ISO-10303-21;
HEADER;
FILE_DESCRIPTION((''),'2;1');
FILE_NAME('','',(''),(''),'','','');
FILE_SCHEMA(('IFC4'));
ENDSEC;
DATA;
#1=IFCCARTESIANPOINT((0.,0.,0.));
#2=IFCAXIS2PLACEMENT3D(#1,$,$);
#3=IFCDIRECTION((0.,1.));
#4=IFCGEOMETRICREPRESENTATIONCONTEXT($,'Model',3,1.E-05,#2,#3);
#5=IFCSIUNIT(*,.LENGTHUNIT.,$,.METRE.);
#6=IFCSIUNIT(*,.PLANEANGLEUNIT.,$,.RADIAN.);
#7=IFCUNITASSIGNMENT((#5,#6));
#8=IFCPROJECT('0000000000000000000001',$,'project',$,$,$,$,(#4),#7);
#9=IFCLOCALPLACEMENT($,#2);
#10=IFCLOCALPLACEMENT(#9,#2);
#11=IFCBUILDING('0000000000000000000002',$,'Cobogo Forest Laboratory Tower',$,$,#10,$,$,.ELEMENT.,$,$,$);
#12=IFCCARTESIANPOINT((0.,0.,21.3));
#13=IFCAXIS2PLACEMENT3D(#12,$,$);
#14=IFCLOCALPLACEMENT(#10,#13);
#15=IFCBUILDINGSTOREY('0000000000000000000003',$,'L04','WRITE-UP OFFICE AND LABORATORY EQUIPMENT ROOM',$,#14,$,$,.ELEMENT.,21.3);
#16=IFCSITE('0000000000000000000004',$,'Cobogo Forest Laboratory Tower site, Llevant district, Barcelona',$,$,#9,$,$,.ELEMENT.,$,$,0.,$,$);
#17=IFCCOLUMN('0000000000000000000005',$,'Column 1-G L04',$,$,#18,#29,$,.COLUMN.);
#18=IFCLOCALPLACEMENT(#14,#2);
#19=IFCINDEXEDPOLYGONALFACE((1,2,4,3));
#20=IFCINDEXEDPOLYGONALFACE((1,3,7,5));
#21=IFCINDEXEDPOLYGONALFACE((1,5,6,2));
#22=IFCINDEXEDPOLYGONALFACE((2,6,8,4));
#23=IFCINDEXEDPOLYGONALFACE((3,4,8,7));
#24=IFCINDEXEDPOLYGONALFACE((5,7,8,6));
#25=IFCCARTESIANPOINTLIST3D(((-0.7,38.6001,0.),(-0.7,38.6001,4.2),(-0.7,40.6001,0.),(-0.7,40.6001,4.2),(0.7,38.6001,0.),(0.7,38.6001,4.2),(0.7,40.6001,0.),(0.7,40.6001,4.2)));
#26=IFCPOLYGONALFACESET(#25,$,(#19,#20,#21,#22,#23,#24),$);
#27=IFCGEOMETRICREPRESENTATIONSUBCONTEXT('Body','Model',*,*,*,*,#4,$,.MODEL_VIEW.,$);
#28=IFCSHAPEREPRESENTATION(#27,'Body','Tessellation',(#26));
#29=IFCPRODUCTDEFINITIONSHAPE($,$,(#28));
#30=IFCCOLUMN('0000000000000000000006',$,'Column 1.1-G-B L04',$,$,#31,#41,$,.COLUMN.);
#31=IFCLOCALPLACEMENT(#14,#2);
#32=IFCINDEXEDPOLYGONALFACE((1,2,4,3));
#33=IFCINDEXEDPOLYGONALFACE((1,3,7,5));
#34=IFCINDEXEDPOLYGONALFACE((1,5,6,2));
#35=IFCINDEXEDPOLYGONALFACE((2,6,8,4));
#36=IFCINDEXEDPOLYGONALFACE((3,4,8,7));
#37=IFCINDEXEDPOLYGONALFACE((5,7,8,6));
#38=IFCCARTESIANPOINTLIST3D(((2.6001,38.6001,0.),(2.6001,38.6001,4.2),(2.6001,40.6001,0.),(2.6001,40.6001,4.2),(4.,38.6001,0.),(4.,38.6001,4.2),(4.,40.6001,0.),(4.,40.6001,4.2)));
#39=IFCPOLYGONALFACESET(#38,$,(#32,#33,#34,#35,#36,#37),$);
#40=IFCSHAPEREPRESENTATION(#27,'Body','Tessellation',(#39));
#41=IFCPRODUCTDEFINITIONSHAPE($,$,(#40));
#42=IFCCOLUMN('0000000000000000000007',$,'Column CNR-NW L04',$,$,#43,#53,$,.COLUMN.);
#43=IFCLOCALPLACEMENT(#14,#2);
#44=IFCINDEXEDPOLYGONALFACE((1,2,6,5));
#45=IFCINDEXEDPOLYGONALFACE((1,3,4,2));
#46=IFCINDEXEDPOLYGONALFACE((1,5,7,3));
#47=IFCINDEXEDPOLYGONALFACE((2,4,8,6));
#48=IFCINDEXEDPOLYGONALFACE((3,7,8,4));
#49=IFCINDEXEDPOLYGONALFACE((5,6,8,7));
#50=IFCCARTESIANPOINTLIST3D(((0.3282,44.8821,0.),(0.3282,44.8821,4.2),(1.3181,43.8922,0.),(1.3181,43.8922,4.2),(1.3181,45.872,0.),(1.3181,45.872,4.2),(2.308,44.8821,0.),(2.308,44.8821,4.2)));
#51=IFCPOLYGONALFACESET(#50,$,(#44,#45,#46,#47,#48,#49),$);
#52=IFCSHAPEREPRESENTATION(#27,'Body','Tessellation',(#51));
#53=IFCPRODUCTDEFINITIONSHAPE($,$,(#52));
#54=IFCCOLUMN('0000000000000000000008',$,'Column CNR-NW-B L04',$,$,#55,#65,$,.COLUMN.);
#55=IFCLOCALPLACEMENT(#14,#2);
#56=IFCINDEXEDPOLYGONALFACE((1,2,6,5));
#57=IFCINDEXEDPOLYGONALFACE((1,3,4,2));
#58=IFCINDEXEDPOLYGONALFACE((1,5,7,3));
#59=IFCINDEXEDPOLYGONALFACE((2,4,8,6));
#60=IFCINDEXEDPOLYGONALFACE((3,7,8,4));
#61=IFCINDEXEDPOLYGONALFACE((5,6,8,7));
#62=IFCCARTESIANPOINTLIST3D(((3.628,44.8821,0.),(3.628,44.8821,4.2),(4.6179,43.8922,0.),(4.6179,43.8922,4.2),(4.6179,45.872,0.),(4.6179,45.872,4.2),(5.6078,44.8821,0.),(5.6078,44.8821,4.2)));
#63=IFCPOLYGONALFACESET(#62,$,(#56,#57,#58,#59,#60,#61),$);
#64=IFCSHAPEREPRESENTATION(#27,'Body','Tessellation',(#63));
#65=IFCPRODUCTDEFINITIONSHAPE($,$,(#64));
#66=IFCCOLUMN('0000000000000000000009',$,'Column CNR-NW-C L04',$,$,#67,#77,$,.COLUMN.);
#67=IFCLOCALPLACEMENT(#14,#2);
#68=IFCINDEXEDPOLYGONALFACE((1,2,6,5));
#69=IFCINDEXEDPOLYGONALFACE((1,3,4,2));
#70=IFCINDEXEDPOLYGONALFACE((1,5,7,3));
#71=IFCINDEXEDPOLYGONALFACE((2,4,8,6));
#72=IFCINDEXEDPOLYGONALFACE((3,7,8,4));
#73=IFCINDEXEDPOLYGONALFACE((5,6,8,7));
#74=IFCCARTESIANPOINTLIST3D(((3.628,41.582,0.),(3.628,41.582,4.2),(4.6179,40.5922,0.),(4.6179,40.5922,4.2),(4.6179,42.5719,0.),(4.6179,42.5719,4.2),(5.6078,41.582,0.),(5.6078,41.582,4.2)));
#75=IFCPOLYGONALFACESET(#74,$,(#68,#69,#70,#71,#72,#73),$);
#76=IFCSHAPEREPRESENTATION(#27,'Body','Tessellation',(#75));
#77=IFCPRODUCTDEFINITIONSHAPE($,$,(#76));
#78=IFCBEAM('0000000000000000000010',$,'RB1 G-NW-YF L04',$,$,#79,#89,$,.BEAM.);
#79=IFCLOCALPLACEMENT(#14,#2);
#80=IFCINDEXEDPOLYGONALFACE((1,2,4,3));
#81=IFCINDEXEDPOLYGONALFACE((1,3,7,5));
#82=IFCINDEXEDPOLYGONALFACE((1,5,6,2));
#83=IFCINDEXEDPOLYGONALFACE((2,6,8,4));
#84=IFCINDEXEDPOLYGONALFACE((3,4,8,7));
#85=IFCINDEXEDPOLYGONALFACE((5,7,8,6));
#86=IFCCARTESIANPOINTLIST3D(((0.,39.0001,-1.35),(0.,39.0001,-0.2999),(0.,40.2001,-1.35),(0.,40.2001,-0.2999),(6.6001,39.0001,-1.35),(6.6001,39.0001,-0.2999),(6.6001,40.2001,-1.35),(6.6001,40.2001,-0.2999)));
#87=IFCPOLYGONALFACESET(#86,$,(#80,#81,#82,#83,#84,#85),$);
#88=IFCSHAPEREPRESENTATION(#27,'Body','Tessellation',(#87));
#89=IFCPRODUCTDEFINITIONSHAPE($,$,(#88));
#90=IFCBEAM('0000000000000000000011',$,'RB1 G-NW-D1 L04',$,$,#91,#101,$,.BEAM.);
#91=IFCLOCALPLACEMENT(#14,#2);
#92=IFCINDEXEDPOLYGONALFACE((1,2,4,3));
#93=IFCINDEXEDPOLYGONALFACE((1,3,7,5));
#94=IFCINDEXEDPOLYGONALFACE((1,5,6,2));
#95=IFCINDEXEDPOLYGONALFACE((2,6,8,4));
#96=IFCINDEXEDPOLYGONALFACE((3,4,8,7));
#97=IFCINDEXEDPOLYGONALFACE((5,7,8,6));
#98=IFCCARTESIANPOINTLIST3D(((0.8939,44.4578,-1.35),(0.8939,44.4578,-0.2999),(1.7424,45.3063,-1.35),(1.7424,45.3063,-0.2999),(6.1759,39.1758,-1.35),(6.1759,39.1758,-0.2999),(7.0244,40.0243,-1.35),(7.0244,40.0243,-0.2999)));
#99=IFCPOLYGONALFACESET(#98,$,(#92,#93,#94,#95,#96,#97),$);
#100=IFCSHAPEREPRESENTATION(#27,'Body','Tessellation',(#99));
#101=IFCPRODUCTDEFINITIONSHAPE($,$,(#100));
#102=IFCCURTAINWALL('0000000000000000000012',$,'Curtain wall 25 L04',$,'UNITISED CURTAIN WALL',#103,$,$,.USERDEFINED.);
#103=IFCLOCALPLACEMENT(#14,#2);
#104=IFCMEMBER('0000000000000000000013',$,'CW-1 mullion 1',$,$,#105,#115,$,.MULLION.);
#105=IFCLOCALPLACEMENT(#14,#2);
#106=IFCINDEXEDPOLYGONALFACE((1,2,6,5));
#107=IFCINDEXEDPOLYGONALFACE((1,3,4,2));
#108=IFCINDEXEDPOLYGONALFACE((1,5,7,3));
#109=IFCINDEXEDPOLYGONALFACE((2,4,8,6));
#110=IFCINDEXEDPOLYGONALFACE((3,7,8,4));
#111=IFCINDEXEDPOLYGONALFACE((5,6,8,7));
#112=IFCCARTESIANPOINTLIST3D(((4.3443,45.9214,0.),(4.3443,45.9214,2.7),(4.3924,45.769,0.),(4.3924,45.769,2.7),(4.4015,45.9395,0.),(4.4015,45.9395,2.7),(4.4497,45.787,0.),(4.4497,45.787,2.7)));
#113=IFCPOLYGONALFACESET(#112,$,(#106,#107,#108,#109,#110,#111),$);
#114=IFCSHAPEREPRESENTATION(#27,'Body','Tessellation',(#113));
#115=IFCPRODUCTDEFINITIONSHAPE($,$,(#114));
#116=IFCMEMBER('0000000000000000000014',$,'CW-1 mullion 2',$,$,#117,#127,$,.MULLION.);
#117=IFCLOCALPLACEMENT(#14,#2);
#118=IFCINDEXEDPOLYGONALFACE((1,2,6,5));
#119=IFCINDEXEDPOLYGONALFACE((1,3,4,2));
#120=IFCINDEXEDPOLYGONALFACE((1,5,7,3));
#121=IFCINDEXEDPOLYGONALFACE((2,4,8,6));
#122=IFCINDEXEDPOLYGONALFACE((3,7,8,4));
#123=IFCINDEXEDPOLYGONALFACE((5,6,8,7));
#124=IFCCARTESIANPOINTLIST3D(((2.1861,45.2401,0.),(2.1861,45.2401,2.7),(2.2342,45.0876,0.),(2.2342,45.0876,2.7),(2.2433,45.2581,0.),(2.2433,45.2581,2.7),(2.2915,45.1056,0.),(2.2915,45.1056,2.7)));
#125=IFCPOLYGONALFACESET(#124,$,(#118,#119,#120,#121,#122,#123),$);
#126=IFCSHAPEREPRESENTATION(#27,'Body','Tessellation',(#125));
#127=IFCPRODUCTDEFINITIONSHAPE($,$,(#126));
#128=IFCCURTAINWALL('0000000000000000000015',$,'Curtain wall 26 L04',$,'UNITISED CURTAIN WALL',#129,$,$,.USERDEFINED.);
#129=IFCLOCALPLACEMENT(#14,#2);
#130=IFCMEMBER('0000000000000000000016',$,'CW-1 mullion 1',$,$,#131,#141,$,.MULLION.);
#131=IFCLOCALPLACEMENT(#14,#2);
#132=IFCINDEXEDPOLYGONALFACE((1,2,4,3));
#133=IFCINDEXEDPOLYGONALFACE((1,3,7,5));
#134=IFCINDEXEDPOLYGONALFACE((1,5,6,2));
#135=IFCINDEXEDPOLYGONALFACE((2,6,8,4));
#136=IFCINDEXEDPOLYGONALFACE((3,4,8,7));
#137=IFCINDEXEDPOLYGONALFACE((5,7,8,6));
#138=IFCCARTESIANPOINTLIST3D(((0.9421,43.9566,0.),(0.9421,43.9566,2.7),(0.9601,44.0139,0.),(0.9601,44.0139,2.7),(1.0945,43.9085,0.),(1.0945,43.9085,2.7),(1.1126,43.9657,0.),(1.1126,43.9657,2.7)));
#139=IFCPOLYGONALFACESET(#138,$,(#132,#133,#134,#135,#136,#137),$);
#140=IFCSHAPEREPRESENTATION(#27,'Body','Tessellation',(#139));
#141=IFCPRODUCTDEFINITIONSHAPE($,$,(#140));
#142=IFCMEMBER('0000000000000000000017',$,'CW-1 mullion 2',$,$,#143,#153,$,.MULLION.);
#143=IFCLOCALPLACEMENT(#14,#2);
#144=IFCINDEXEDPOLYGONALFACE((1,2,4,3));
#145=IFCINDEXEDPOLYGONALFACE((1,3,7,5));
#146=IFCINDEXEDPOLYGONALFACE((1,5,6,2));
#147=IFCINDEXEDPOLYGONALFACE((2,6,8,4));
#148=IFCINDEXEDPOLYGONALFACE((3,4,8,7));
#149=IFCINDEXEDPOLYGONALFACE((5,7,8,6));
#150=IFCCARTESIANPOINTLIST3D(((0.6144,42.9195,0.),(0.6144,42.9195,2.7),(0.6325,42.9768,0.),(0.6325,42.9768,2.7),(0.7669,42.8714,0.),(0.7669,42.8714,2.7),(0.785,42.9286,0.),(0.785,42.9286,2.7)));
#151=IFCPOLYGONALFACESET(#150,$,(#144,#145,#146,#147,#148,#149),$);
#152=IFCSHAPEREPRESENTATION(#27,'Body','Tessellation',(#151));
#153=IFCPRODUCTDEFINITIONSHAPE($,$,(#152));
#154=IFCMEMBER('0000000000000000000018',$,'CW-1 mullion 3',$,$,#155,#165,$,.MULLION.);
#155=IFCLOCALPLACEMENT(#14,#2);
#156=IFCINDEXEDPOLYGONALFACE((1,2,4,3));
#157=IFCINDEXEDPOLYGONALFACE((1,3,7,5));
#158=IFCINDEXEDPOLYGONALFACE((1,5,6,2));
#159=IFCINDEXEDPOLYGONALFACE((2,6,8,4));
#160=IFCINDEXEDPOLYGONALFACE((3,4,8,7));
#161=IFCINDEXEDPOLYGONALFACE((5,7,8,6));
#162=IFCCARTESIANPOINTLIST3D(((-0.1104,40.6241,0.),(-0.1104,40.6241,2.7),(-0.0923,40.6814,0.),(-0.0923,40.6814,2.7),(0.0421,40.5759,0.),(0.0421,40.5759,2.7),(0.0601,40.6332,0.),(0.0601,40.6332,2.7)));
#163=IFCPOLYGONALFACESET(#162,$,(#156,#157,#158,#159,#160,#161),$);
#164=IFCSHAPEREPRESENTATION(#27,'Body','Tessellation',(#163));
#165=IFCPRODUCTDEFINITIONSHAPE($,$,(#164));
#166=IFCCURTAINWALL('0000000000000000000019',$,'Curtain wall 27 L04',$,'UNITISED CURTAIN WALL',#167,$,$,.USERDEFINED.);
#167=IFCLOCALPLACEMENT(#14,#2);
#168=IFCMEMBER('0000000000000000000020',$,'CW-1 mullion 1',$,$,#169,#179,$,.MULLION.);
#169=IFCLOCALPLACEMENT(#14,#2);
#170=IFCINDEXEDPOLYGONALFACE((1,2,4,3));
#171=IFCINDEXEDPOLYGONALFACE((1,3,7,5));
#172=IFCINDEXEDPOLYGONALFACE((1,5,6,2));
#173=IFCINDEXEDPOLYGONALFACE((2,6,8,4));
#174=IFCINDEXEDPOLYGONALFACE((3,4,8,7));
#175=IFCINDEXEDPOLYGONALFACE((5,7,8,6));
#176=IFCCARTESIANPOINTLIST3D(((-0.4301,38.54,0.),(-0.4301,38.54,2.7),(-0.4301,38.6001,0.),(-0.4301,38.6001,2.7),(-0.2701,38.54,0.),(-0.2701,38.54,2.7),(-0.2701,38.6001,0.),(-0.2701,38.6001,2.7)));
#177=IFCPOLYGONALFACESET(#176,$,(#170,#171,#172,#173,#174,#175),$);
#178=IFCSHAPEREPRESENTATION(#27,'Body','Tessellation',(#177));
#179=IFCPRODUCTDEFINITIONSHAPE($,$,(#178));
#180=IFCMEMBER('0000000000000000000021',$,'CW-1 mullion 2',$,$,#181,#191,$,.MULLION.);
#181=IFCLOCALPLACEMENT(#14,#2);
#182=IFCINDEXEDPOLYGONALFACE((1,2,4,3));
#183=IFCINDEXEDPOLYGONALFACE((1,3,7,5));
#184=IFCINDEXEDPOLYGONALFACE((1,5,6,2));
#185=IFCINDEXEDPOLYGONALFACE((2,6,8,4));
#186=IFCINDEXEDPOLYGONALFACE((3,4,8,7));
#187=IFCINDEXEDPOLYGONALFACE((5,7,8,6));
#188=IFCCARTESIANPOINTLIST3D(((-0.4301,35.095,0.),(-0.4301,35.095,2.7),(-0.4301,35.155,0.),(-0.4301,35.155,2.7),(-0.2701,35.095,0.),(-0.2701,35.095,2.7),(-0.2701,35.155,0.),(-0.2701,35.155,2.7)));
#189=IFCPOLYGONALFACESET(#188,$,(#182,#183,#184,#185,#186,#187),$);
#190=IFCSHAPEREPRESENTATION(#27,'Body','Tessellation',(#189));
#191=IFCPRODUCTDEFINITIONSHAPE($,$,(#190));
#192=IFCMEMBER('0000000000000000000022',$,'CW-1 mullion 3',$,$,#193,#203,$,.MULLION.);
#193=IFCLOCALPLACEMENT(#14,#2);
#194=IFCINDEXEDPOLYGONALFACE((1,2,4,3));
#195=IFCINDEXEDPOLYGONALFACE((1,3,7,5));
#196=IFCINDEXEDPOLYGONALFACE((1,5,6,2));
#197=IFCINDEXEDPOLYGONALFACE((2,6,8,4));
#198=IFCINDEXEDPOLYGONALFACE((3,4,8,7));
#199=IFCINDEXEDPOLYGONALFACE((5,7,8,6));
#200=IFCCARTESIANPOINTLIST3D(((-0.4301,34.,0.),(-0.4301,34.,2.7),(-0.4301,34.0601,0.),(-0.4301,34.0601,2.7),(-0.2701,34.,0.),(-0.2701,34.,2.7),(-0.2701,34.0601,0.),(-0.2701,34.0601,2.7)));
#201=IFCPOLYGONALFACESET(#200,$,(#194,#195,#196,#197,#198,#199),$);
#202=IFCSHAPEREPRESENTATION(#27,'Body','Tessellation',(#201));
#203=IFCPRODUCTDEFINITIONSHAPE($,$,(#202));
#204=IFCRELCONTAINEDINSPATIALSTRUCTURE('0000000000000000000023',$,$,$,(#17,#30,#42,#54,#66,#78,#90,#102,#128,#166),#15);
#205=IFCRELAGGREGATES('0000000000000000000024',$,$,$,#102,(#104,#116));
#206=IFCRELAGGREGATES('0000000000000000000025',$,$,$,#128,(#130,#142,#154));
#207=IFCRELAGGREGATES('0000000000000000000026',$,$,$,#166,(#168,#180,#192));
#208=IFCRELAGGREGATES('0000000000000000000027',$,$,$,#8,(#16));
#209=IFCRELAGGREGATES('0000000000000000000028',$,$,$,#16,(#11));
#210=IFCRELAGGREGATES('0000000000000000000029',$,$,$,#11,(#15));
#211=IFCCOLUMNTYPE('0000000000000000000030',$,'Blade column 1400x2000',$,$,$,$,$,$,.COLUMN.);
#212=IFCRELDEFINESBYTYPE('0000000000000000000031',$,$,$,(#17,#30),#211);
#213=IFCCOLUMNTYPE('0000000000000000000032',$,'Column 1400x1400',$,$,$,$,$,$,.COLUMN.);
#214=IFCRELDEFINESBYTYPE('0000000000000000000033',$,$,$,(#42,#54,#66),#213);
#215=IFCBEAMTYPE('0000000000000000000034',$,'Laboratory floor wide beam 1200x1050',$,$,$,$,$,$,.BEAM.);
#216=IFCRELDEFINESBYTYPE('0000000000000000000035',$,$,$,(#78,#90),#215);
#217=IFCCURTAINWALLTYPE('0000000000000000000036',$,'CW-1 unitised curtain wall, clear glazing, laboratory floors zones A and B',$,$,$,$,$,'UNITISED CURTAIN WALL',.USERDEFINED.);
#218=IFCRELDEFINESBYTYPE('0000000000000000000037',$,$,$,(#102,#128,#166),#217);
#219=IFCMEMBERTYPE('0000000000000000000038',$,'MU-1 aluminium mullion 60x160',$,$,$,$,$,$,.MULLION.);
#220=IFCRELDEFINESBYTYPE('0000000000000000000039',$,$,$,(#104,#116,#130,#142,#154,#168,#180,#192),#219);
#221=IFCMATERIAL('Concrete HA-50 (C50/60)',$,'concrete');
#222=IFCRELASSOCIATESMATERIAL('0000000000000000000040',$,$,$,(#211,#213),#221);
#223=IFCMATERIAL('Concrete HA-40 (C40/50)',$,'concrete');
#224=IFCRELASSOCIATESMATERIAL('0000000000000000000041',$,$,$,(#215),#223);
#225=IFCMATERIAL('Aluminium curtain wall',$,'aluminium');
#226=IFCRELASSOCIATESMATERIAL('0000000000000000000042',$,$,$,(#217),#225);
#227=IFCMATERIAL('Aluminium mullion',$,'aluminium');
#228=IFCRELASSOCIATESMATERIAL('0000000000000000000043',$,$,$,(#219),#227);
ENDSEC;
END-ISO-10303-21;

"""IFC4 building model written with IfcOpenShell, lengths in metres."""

from ifc_helpers import new_model, si_unit, direction, frame, origin, origin_2d, place, context, subcontext, project, spatial, rectangle, extrude, material, material_profile, profile_set, type_object, element, aggregate, save


model = new_model("IFC4")

# Units and contexts
model_context = context("Model", 3, precision=1e-05, world=origin(), true_north=direction((0.0, 1.0)))
body_context = subcontext(model_context, "Body", "Model", "MODEL_VIEW")
ifc_project = project(units=[si_unit("LENGTHUNIT", "METRE"), si_unit("PLANEANGLEUNIT", "RADIAN")], contexts=[model_context])

# Site, building, storey
site_placement = place(None, origin())
site = spatial("IfcSite", under=ifc_project, at=site_placement, Name="Cobogo Forest Laboratory Tower site, Llevant district, Barcelona", CompositionType="ELEMENT", RefElevation=0.0)
building_placement = place(site_placement, origin())
building = spatial("IfcBuilding", under=site, at=building_placement, Name="Cobogo Forest Laboratory Tower", CompositionType="ELEMENT")
storey_placement = place(building_placement, frame((0.0, 0.0, 21.3)))
storey = spatial("IfcBuildingStorey", under=building, at=storey_placement, Name="L04", Description="WRITE-UP OFFICE AND LABORATORY EQUIPMENT ROOM", CompositionType="ELEMENT", Elevation=21.3)

# Columns
ifc_material_1 = material(Name="Concrete HA-50 (C50/60)", Category="concrete")
ifc_material_profile_1 = material_profile(ifc_material_1, rectangle(XDim=2.0, YDim=1.3999, at=origin_2d()), Name="RC 1400x2000")
ifc_profile_set_1 = profile_set([ifc_material_profile_1], Name="Concrete HA-50 (C50/60)")
column_type_1 = type_object("IfcColumnType", Name="Blade column 1400x2000", PredefinedType="COLUMN", material=ifc_profile_set_1)
for number, where, z_axis, x_axis, name in (
    (1, (0.0, 39.6001, 0.0), (0.0, 0.0, 1.0), (0.0, 1.0, 0.0), "Column 1-G L04"),
    (2, (3.3, 39.6001, 0.0), (0.0, 0.0, 1.0), (0.0, 1.0, 0.0), "Column 1.1-G-B L04"),
):
    element("IfcColumn", number, at=place(storey_placement, frame(where, z_axis=z_axis, x_axis=x_axis)), inside=storey, type_object=column_type_1, Name=name, PredefinedType="COLUMN", context=body_context, shape_type="SweptSolid", body=[
        extrude(rectangle(XDim=2.0, YDim=1.3999, at=origin_2d()), origin(), (0.0, 0.0, 1.0), 4.2),
    ])
ifc_material_profile_2 = material_profile(ifc_material_1, rectangle(XDim=1.3999, YDim=1.3999, at=origin_2d()), Name="RC 1400x1400")
ifc_profile_set_2 = profile_set([ifc_material_profile_2], Name="Concrete HA-50 (C50/60)")
column_type_2 = type_object("IfcColumnType", Name="Column 1400x1400", PredefinedType="COLUMN", material=ifc_profile_set_2)
for number, where, z_axis, x_axis, name in (
    (3, (1.3181, 44.8821, 0.0), (0.0, 0.0, 1.0), (0.707107, 0.707107, 0.0), "Column CNR-NW L04"),
    (4, (4.6179, 44.8821, 0.0), (0.0, 0.0, 1.0), (0.707107, 0.707107, 0.0), "Column CNR-NW-B L04"),
    (5, (4.6179, 41.582, 0.0), (0.0, 0.0, 1.0), (0.707107, 0.707107, 0.0), "Column CNR-NW-C L04"),
):
    element("IfcColumn", number, at=place(storey_placement, frame(where, z_axis=z_axis, x_axis=x_axis)), inside=storey, type_object=column_type_2, Name=name, PredefinedType="COLUMN", context=body_context, shape_type="SweptSolid", body=[
        extrude(rectangle(XDim=1.3999, YDim=1.3999, at=origin_2d()), origin(), (0.0, 0.0, 1.0), 4.2),
    ])

# Beams
ifc_material_2 = material(Name="Concrete HA-40 (C40/50)", Category="concrete")
ifc_material_profile_3 = material_profile(ifc_material_2, rectangle(XDim=1.2, YDim=1.05, at=origin_2d()), Name="RC 1200x1050")
ifc_profile_set_3 = profile_set([ifc_material_profile_3], Name="Concrete HA-40 (C40/50)")
beam_type_1 = type_object("IfcBeamType", Name="Laboratory floor wide beam 1200x1050", PredefinedType="BEAM", material=ifc_profile_set_3)
beam_1_placement = place(storey_placement, frame((0.0, 39.6001, -0.825), z_axis=(1.0, 0.0, 0.0), x_axis=(0.0, 1.0, 0.0)))
element("IfcBeam", 6, at=beam_1_placement, inside=storey, type_object=beam_type_1, Name="RB1 G-NW-YF L04", PredefinedType="BEAM", context=body_context, shape_type="SweptSolid", body=[
    extrude(rectangle(XDim=1.2, YDim=1.05, at=origin_2d()), origin(), (0.0, 0.0, 1.0), 6.6001),
])
beam_2_placement = place(storey_placement, frame((1.3181, 44.8821, -0.825), z_axis=(0.707107, -0.707107, 0.0), x_axis=(0.707107, 0.707107, 0.0)))
element("IfcBeam", 7, at=beam_2_placement, inside=storey, type_object=beam_type_1, Name="RB1 G-NW-D1 L04", PredefinedType="BEAM", context=body_context, shape_type="SweptSolid", body=[
    extrude(rectangle(XDim=1.2, YDim=1.05, at=origin_2d()), origin(), (0.0, 0.0, 1.0), 7.47),
])

# Curtain walls, members
ifc_material_3 = material(Name="Aluminium curtain wall", Category="aluminium")
curtain_wall_type = type_object("IfcCurtainWallType", Name="CW-1 unitised curtain wall, clear glazing, laboratory floors zones A and B", ElementType="UNITISED CURTAIN WALL", PredefinedType="USERDEFINED", material=ifc_material_3)
curtain_wall_1_placement = place(storey_placement, origin())
curtain_wall_1 = element("IfcCurtainWall", 8, at=curtain_wall_1_placement, inside=storey, type_object=curtain_wall_type, Name="Curtain wall 25 L04", ObjectType="UNITISED CURTAIN WALL", PredefinedType="USERDEFINED")
ifc_material_4 = material(Name="Aluminium mullion", Category="aluminium")
ifc_material_profile_4 = material_profile(ifc_material_4, rectangle(XDim=0.0601, YDim=0.1599, at=origin_2d()), Name="AL 60x160")
ifc_profile_set_4 = profile_set([ifc_material_profile_4], Name="Aluminium mullion")
member_type_1 = type_object("IfcMemberType", Name="MU-1 aluminium mullion 60x160", PredefinedType="MULLION", material=ifc_profile_set_4)
member_1_placement = place(storey_placement, frame((4.397, 45.8542, 0.0), z_axis=(0.0, 0.0, 1.0), x_axis=(-0.953581, -0.301135, 0.0)))
member_1 = element("IfcMember", 9, at=member_1_placement, type_object=member_type_1, Name="CW-1 mullion 1", PredefinedType="MULLION", context=body_context, shape_type="SweptSolid", body=[
    extrude(rectangle(XDim=0.0601, YDim=0.1599, at=origin_2d()), origin(), (0.0, 0.0, 1.0), 2.7),
])
member_2_placement = place(storey_placement, frame((2.2388, 45.1729, 0.0), z_axis=(0.0, 0.0, 1.0), x_axis=(-0.953581, -0.301135, 0.0)))
member_2 = element("IfcMember", 10, at=member_2_placement, type_object=member_type_1, Name="CW-1 mullion 2", PredefinedType="MULLION", context=body_context, shape_type="SweptSolid", body=[
    extrude(rectangle(XDim=0.0601, YDim=0.1599, at=origin_2d()), origin(), (0.0, 0.0, 1.0), 2.7),
])
curtain_wall_2_placement = place(storey_placement, origin())
curtain_wall_2 = element("IfcCurtainWall", 11, at=curtain_wall_2_placement, inside=storey, type_object=curtain_wall_type, Name="Curtain wall 26 L04", ObjectType="UNITISED CURTAIN WALL", PredefinedType="USERDEFINED")
member_3_placement = place(storey_placement, frame((1.0273, 43.9612, 0.0), z_axis=(0.0, 0.0, 1.0), x_axis=(-0.301135, -0.953581, 0.0)))
member_3 = element("IfcMember", 12, at=member_3_placement, type_object=member_type_1, Name="CW-1 mullion 1", PredefinedType="MULLION", context=body_context, shape_type="SweptSolid", body=[
    extrude(rectangle(XDim=0.0601, YDim=0.1599, at=origin_2d()), origin(), (0.0, 0.0, 1.0), 2.7),
])
member_4_placement = place(storey_placement, frame((0.6997, 42.9241, 0.0), z_axis=(0.0, 0.0, 1.0), x_axis=(-0.301135, -0.953581, 0.0)))
member_4 = element("IfcMember", 13, at=member_4_placement, type_object=member_type_1, Name="CW-1 mullion 2", PredefinedType="MULLION", context=body_context, shape_type="SweptSolid", body=[
    extrude(rectangle(XDim=0.0601, YDim=0.1599, at=origin_2d()), origin(), (0.0, 0.0, 1.0), 2.7),
])
member_5_placement = place(storey_placement, frame((-0.0251, 40.6287, 0.0), z_axis=(0.0, 0.0, 1.0), x_axis=(-0.301135, -0.953581, 0.0)))
member_5 = element("IfcMember", 14, at=member_5_placement, type_object=member_type_1, Name="CW-1 mullion 3", PredefinedType="MULLION", context=body_context, shape_type="SweptSolid", body=[
    extrude(rectangle(XDim=0.0601, YDim=0.1599, at=origin_2d()), origin(), (0.0, 0.0, 1.0), 2.7),
])
curtain_wall_3_placement = place(storey_placement, origin())
curtain_wall_3 = element("IfcCurtainWall", 15, at=curtain_wall_3_placement, inside=storey, type_object=curtain_wall_type, Name="Curtain wall 27 L04", ObjectType="UNITISED CURTAIN WALL", PredefinedType="USERDEFINED")
member_6_placement = place(storey_placement, frame((-0.3501, 38.5701, 0.0), z_axis=(0.0, 0.0, 1.0), x_axis=(0.0, -1.0, 0.0)))
member_6 = element("IfcMember", 16, at=member_6_placement, type_object=member_type_1, Name="CW-1 mullion 1", PredefinedType="MULLION", context=body_context, shape_type="SweptSolid", body=[
    extrude(rectangle(XDim=0.0601, YDim=0.1599, at=origin_2d()), origin(), (0.0, 0.0, 1.0), 2.7),
])
member_7_placement = place(storey_placement, frame((-0.3501, 35.125, 0.0), z_axis=(0.0, 0.0, 1.0), x_axis=(0.0, -1.0, 0.0)))
member_7 = element("IfcMember", 17, at=member_7_placement, type_object=member_type_1, Name="CW-1 mullion 2", PredefinedType="MULLION", context=body_context, shape_type="SweptSolid", body=[
    extrude(rectangle(XDim=0.0601, YDim=0.1599, at=origin_2d()), origin(), (0.0, 0.0, 1.0), 2.7),
])
member_8_placement = place(storey_placement, frame((-0.3501, 34.03, 0.0), z_axis=(0.0, 0.0, 1.0), x_axis=(0.0, -1.0, 0.0)))
member_8 = element("IfcMember", 18, at=member_8_placement, type_object=member_type_1, Name="CW-1 mullion 3", PredefinedType="MULLION", context=body_context, shape_type="SweptSolid", body=[
    extrude(rectangle(XDim=0.0601, YDim=0.1599, at=origin_2d()), origin(), (0.0, 0.0, 1.0), 2.7),
])

aggregate(curtain_wall_1, [member_1, member_2])
aggregate(curtain_wall_2, [member_3, member_4, member_5])
aggregate(curtain_wall_3, [member_6, member_7, member_8])

save(model, "model.ifc")
